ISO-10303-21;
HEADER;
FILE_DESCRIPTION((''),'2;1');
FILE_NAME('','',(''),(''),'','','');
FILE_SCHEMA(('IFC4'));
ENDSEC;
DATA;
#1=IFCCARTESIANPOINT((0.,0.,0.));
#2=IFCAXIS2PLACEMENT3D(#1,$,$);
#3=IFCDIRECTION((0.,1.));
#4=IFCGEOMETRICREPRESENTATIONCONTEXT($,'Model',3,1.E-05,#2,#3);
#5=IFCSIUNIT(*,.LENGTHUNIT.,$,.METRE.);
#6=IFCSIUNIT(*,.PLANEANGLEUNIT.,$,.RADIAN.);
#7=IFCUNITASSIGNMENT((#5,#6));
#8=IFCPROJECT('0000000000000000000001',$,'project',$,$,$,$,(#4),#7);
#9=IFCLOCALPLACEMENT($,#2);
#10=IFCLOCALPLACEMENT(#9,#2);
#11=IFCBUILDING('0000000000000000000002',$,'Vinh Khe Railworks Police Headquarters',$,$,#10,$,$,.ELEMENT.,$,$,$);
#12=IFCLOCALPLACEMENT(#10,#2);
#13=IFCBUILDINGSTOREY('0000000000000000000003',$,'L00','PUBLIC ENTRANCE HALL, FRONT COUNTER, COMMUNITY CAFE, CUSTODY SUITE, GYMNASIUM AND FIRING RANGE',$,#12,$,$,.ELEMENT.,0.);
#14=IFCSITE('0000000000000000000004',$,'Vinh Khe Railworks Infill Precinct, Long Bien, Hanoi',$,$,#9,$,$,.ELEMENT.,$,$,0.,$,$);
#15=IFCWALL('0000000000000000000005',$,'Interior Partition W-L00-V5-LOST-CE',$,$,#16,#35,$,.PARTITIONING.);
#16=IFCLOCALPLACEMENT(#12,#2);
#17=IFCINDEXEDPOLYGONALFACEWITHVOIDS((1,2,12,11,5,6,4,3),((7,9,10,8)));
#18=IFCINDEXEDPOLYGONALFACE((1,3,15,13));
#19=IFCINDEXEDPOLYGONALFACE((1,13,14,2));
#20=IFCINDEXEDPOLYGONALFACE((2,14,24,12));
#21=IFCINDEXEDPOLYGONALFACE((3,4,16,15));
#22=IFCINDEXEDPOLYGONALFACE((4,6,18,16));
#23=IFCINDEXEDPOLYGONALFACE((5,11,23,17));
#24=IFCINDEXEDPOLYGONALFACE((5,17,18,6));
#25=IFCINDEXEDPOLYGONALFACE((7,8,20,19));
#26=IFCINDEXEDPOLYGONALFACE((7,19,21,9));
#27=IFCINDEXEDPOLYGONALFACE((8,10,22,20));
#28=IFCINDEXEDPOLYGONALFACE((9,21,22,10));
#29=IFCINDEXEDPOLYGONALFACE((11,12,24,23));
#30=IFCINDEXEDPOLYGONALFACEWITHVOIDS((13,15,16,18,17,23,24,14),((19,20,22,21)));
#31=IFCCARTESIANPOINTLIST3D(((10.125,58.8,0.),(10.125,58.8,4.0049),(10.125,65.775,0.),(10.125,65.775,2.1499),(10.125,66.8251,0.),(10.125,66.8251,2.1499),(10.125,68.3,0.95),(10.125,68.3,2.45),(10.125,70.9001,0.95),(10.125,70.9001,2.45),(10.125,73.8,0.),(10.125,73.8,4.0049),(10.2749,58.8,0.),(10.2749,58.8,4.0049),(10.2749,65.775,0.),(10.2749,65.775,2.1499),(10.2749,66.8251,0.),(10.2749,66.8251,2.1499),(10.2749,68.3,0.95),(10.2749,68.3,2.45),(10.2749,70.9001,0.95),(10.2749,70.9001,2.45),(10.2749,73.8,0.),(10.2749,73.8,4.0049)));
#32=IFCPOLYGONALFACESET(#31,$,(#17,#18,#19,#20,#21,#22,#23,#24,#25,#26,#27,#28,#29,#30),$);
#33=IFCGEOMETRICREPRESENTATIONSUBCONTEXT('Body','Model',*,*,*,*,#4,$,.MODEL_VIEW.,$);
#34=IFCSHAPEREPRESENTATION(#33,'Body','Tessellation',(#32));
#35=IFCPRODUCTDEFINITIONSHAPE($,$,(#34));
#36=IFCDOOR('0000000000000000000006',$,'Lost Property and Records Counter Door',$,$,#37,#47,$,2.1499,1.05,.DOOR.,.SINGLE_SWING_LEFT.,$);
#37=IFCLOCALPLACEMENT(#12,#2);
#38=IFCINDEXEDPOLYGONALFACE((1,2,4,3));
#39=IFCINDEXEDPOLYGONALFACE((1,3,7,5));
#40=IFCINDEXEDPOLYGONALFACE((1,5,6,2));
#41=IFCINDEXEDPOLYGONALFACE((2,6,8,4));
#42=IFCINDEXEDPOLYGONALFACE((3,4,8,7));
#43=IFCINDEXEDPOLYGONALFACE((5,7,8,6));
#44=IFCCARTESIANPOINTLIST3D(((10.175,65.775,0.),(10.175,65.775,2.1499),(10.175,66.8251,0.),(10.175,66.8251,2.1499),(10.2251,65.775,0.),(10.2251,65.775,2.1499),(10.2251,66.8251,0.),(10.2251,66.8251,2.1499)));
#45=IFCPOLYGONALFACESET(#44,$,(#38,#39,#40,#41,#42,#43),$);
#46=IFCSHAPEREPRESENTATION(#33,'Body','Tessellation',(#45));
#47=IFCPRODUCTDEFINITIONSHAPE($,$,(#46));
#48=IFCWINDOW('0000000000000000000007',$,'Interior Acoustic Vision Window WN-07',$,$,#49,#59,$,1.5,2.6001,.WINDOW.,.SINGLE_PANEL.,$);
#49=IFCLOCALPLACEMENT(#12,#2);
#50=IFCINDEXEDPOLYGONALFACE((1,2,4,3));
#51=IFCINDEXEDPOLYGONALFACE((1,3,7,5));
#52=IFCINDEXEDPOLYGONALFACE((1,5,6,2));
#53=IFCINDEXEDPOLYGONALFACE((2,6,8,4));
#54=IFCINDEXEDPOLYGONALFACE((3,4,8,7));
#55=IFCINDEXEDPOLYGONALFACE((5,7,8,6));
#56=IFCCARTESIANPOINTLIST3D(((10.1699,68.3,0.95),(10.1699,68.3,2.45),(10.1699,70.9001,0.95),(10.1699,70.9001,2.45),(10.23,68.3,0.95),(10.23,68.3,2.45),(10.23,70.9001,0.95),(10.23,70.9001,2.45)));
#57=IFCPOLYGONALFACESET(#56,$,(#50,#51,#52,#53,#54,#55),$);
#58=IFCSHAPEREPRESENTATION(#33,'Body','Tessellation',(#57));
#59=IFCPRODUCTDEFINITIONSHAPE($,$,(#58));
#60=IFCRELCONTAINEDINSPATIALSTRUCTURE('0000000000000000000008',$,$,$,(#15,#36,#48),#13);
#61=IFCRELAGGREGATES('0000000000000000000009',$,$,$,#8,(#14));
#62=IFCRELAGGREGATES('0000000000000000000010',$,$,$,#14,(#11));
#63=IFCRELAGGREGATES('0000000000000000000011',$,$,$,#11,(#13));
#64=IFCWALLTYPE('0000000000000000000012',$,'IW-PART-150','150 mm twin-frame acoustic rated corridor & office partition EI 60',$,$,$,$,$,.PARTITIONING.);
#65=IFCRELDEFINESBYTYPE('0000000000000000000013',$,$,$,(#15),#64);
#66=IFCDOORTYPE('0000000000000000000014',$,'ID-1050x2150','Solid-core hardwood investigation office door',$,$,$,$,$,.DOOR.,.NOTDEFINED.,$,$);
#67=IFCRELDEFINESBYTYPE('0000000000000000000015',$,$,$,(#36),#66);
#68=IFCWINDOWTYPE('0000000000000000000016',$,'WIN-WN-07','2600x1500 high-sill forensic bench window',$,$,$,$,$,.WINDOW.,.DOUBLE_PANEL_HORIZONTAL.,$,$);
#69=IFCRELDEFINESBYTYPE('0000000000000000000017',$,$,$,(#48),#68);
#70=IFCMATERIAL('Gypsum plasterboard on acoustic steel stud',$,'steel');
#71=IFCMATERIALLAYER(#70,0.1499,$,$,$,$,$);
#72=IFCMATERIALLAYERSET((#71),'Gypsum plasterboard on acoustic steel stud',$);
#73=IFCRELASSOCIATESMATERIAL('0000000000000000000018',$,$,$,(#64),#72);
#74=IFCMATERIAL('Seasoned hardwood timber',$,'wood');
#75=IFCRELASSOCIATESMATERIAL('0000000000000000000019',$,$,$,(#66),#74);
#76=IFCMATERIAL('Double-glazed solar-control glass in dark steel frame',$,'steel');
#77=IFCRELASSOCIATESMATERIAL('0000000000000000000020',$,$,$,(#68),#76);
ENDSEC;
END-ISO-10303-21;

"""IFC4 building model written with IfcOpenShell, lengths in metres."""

from ifc_helpers import new_model, si_unit, direction, frame, frame_2d, origin, place, context, subcontext, project, spatial, rectangle, extrude, material, layer, layer_set, type_object, element, fill, save


model = new_model("IFC4")

# Units and contexts
model_context = context("Model", 3, precision=1e-05, world=origin(), true_north=direction((0.0, 1.0)))
body_context = subcontext(model_context, "Body", "Model", "MODEL_VIEW")
ifc_project = project(units=[si_unit("LENGTHUNIT", "METRE"), si_unit("PLANEANGLEUNIT", "RADIAN")], contexts=[model_context])

# Site, building, storey
site_placement = place(None, origin())
site = spatial("IfcSite", under=ifc_project, at=site_placement, Name="Vinh Khe Railworks Infill Precinct, Long Bien, Hanoi", CompositionType="ELEMENT", RefElevation=0.0)
building_placement = place(site_placement, origin())
building = spatial("IfcBuilding", under=site, at=building_placement, Name="Vinh Khe Railworks Police Headquarters", CompositionType="ELEMENT")
storey_placement = place(building_placement, origin())
storey = spatial("IfcBuildingStorey", under=building, at=storey_placement, Name="L00", Description="PUBLIC ENTRANCE HALL, FRONT COUNTER, COMMUNITY CAFE, CUSTODY SUITE, GYMNASIUM AND FIRING RANGE", CompositionType="ELEMENT", Elevation=0.0)

# Shared definitions
ifc_material_1 = material(Name="Double-glazed solar-control glass in dark steel frame", Category="steel")

# Wall, openings, door, window
ifc_material_2 = material(Name="Gypsum plasterboard on acoustic steel stud", Category="steel")
ifc_layer_1 = layer(ifc_material_2, 0.1499)
ifc_layer_set_1 = layer_set([ifc_layer_1], Name="Gypsum plasterboard on acoustic steel stud")
wall_type_1 = type_object("IfcWallType", Name="IW-PART-150", Description="150 mm twin-frame acoustic rated corridor & office partition EI 60", PredefinedType="PARTITIONING", material=ifc_layer_set_1)
ifc_material_3 = material(Name="Seasoned hardwood timber", Category="wood")
door_type = type_object("IfcDoorType", Name="ID-1050x2150", Description="Solid-core hardwood investigation office door", OperationType="NOTDEFINED", PredefinedType="DOOR", material=ifc_material_3)
window_type_1 = type_object("IfcWindowType", Name="WIN-WN-07", Description="2600x1500 high-sill forensic bench window", PartitioningType="DOUBLE_PANEL_HORIZONTAL", PredefinedType="WINDOW", material=ifc_material_1)
wall_1_placement = place(storey_placement, frame((10.2, 58.8, 0.0), z_axis=(0.0, 0.0, 1.0), x_axis=(0.0, 1.0, 0.0)))
wall_1 = element("IfcWall", 1, at=wall_1_placement, inside=storey, type_object=wall_type_1, Name="Interior Partition W-L00-V5-LOST-CE", PredefinedType="PARTITIONING", context=body_context, shape_type="SweptSolid", body=[
    extrude(rectangle(XDim=15.0, YDim=0.1499, at=frame_2d((7.5, 0.0))), origin(), (0.0, 0.0, 1.0), 4.0049),
])
opening_1_placement = place(wall_1_placement, frame((6.9751, 0.0, 0.0)))
opening_1 = element("IfcOpeningElement", 2, at=opening_1_placement, cuts=wall_1, PredefinedType="OPENING", context=body_context, shape_type="SweptSolid", body=[
    extrude(rectangle(XDim=1.05, YDim=2.1499, at=frame_2d((0.5249, 1.075))), frame((0.0, 0.0898, 0.0), z_axis=(0.0, -1.0, 0.0), x_axis=(1.0, 0.0, 0.0)), (0.0, 0.0, 1.0), 0.1797),
])
opening_2_placement = place(wall_1_placement, frame((9.5, 0.0, 0.95)))
opening_2 = element("IfcOpeningElement", 3, at=opening_2_placement, cuts=wall_1, PredefinedType="OPENING", context=body_context, shape_type="SweptSolid", body=[
    extrude(rectangle(XDim=2.6001, YDim=1.5, at=frame_2d((1.3, 0.75))), frame((0.0, 0.0898, 0.0), z_axis=(0.0, -1.0, 0.0), x_axis=(1.0, 0.0, 0.0)), (0.0, 0.0, 1.0), 0.1797),
])
door_1_placement = place(opening_1_placement, origin())
door_1 = element("IfcDoor", 4, at=door_1_placement, inside=storey, type_object=door_type, Name="Lost Property and Records Counter Door", OperationType="SINGLE_SWING_LEFT", OverallHeight=2.1499, OverallWidth=1.05, PredefinedType="DOOR", context=body_context, shape_type="SweptSolid", body=[
    extrude(rectangle(XDim=1.05, YDim=2.1499, at=frame_2d((0.5249, 1.075))), frame((0.0, 0.0249, 0.0), z_axis=(0.0, -1.0, 0.0), x_axis=(1.0, 0.0, 0.0)), (0.0, 0.0, 1.0), 0.05),
])
fill(opening_1, door_1)
window_1_placement = place(opening_2_placement, origin())
window_1 = element("IfcWindow", 5, at=window_1_placement, inside=storey, type_object=window_type_1, Name="Interior Acoustic Vision Window WN-07", OverallHeight=1.5, OverallWidth=2.6001, PartitioningType="SINGLE_PANEL", PredefinedType="WINDOW", context=body_context, shape_type="SweptSolid", body=[
    extrude(rectangle(XDim=2.6001, YDim=1.5, at=frame_2d((1.3, 0.75))), frame((0.0, 0.03, 0.0), z_axis=(0.0, -1.0, 0.0), x_axis=(1.0, 0.0, 0.0)), (0.0, 0.0, 1.0), 0.0601),
])
fill(opening_2, window_1)

save(model, "model.ifc")
